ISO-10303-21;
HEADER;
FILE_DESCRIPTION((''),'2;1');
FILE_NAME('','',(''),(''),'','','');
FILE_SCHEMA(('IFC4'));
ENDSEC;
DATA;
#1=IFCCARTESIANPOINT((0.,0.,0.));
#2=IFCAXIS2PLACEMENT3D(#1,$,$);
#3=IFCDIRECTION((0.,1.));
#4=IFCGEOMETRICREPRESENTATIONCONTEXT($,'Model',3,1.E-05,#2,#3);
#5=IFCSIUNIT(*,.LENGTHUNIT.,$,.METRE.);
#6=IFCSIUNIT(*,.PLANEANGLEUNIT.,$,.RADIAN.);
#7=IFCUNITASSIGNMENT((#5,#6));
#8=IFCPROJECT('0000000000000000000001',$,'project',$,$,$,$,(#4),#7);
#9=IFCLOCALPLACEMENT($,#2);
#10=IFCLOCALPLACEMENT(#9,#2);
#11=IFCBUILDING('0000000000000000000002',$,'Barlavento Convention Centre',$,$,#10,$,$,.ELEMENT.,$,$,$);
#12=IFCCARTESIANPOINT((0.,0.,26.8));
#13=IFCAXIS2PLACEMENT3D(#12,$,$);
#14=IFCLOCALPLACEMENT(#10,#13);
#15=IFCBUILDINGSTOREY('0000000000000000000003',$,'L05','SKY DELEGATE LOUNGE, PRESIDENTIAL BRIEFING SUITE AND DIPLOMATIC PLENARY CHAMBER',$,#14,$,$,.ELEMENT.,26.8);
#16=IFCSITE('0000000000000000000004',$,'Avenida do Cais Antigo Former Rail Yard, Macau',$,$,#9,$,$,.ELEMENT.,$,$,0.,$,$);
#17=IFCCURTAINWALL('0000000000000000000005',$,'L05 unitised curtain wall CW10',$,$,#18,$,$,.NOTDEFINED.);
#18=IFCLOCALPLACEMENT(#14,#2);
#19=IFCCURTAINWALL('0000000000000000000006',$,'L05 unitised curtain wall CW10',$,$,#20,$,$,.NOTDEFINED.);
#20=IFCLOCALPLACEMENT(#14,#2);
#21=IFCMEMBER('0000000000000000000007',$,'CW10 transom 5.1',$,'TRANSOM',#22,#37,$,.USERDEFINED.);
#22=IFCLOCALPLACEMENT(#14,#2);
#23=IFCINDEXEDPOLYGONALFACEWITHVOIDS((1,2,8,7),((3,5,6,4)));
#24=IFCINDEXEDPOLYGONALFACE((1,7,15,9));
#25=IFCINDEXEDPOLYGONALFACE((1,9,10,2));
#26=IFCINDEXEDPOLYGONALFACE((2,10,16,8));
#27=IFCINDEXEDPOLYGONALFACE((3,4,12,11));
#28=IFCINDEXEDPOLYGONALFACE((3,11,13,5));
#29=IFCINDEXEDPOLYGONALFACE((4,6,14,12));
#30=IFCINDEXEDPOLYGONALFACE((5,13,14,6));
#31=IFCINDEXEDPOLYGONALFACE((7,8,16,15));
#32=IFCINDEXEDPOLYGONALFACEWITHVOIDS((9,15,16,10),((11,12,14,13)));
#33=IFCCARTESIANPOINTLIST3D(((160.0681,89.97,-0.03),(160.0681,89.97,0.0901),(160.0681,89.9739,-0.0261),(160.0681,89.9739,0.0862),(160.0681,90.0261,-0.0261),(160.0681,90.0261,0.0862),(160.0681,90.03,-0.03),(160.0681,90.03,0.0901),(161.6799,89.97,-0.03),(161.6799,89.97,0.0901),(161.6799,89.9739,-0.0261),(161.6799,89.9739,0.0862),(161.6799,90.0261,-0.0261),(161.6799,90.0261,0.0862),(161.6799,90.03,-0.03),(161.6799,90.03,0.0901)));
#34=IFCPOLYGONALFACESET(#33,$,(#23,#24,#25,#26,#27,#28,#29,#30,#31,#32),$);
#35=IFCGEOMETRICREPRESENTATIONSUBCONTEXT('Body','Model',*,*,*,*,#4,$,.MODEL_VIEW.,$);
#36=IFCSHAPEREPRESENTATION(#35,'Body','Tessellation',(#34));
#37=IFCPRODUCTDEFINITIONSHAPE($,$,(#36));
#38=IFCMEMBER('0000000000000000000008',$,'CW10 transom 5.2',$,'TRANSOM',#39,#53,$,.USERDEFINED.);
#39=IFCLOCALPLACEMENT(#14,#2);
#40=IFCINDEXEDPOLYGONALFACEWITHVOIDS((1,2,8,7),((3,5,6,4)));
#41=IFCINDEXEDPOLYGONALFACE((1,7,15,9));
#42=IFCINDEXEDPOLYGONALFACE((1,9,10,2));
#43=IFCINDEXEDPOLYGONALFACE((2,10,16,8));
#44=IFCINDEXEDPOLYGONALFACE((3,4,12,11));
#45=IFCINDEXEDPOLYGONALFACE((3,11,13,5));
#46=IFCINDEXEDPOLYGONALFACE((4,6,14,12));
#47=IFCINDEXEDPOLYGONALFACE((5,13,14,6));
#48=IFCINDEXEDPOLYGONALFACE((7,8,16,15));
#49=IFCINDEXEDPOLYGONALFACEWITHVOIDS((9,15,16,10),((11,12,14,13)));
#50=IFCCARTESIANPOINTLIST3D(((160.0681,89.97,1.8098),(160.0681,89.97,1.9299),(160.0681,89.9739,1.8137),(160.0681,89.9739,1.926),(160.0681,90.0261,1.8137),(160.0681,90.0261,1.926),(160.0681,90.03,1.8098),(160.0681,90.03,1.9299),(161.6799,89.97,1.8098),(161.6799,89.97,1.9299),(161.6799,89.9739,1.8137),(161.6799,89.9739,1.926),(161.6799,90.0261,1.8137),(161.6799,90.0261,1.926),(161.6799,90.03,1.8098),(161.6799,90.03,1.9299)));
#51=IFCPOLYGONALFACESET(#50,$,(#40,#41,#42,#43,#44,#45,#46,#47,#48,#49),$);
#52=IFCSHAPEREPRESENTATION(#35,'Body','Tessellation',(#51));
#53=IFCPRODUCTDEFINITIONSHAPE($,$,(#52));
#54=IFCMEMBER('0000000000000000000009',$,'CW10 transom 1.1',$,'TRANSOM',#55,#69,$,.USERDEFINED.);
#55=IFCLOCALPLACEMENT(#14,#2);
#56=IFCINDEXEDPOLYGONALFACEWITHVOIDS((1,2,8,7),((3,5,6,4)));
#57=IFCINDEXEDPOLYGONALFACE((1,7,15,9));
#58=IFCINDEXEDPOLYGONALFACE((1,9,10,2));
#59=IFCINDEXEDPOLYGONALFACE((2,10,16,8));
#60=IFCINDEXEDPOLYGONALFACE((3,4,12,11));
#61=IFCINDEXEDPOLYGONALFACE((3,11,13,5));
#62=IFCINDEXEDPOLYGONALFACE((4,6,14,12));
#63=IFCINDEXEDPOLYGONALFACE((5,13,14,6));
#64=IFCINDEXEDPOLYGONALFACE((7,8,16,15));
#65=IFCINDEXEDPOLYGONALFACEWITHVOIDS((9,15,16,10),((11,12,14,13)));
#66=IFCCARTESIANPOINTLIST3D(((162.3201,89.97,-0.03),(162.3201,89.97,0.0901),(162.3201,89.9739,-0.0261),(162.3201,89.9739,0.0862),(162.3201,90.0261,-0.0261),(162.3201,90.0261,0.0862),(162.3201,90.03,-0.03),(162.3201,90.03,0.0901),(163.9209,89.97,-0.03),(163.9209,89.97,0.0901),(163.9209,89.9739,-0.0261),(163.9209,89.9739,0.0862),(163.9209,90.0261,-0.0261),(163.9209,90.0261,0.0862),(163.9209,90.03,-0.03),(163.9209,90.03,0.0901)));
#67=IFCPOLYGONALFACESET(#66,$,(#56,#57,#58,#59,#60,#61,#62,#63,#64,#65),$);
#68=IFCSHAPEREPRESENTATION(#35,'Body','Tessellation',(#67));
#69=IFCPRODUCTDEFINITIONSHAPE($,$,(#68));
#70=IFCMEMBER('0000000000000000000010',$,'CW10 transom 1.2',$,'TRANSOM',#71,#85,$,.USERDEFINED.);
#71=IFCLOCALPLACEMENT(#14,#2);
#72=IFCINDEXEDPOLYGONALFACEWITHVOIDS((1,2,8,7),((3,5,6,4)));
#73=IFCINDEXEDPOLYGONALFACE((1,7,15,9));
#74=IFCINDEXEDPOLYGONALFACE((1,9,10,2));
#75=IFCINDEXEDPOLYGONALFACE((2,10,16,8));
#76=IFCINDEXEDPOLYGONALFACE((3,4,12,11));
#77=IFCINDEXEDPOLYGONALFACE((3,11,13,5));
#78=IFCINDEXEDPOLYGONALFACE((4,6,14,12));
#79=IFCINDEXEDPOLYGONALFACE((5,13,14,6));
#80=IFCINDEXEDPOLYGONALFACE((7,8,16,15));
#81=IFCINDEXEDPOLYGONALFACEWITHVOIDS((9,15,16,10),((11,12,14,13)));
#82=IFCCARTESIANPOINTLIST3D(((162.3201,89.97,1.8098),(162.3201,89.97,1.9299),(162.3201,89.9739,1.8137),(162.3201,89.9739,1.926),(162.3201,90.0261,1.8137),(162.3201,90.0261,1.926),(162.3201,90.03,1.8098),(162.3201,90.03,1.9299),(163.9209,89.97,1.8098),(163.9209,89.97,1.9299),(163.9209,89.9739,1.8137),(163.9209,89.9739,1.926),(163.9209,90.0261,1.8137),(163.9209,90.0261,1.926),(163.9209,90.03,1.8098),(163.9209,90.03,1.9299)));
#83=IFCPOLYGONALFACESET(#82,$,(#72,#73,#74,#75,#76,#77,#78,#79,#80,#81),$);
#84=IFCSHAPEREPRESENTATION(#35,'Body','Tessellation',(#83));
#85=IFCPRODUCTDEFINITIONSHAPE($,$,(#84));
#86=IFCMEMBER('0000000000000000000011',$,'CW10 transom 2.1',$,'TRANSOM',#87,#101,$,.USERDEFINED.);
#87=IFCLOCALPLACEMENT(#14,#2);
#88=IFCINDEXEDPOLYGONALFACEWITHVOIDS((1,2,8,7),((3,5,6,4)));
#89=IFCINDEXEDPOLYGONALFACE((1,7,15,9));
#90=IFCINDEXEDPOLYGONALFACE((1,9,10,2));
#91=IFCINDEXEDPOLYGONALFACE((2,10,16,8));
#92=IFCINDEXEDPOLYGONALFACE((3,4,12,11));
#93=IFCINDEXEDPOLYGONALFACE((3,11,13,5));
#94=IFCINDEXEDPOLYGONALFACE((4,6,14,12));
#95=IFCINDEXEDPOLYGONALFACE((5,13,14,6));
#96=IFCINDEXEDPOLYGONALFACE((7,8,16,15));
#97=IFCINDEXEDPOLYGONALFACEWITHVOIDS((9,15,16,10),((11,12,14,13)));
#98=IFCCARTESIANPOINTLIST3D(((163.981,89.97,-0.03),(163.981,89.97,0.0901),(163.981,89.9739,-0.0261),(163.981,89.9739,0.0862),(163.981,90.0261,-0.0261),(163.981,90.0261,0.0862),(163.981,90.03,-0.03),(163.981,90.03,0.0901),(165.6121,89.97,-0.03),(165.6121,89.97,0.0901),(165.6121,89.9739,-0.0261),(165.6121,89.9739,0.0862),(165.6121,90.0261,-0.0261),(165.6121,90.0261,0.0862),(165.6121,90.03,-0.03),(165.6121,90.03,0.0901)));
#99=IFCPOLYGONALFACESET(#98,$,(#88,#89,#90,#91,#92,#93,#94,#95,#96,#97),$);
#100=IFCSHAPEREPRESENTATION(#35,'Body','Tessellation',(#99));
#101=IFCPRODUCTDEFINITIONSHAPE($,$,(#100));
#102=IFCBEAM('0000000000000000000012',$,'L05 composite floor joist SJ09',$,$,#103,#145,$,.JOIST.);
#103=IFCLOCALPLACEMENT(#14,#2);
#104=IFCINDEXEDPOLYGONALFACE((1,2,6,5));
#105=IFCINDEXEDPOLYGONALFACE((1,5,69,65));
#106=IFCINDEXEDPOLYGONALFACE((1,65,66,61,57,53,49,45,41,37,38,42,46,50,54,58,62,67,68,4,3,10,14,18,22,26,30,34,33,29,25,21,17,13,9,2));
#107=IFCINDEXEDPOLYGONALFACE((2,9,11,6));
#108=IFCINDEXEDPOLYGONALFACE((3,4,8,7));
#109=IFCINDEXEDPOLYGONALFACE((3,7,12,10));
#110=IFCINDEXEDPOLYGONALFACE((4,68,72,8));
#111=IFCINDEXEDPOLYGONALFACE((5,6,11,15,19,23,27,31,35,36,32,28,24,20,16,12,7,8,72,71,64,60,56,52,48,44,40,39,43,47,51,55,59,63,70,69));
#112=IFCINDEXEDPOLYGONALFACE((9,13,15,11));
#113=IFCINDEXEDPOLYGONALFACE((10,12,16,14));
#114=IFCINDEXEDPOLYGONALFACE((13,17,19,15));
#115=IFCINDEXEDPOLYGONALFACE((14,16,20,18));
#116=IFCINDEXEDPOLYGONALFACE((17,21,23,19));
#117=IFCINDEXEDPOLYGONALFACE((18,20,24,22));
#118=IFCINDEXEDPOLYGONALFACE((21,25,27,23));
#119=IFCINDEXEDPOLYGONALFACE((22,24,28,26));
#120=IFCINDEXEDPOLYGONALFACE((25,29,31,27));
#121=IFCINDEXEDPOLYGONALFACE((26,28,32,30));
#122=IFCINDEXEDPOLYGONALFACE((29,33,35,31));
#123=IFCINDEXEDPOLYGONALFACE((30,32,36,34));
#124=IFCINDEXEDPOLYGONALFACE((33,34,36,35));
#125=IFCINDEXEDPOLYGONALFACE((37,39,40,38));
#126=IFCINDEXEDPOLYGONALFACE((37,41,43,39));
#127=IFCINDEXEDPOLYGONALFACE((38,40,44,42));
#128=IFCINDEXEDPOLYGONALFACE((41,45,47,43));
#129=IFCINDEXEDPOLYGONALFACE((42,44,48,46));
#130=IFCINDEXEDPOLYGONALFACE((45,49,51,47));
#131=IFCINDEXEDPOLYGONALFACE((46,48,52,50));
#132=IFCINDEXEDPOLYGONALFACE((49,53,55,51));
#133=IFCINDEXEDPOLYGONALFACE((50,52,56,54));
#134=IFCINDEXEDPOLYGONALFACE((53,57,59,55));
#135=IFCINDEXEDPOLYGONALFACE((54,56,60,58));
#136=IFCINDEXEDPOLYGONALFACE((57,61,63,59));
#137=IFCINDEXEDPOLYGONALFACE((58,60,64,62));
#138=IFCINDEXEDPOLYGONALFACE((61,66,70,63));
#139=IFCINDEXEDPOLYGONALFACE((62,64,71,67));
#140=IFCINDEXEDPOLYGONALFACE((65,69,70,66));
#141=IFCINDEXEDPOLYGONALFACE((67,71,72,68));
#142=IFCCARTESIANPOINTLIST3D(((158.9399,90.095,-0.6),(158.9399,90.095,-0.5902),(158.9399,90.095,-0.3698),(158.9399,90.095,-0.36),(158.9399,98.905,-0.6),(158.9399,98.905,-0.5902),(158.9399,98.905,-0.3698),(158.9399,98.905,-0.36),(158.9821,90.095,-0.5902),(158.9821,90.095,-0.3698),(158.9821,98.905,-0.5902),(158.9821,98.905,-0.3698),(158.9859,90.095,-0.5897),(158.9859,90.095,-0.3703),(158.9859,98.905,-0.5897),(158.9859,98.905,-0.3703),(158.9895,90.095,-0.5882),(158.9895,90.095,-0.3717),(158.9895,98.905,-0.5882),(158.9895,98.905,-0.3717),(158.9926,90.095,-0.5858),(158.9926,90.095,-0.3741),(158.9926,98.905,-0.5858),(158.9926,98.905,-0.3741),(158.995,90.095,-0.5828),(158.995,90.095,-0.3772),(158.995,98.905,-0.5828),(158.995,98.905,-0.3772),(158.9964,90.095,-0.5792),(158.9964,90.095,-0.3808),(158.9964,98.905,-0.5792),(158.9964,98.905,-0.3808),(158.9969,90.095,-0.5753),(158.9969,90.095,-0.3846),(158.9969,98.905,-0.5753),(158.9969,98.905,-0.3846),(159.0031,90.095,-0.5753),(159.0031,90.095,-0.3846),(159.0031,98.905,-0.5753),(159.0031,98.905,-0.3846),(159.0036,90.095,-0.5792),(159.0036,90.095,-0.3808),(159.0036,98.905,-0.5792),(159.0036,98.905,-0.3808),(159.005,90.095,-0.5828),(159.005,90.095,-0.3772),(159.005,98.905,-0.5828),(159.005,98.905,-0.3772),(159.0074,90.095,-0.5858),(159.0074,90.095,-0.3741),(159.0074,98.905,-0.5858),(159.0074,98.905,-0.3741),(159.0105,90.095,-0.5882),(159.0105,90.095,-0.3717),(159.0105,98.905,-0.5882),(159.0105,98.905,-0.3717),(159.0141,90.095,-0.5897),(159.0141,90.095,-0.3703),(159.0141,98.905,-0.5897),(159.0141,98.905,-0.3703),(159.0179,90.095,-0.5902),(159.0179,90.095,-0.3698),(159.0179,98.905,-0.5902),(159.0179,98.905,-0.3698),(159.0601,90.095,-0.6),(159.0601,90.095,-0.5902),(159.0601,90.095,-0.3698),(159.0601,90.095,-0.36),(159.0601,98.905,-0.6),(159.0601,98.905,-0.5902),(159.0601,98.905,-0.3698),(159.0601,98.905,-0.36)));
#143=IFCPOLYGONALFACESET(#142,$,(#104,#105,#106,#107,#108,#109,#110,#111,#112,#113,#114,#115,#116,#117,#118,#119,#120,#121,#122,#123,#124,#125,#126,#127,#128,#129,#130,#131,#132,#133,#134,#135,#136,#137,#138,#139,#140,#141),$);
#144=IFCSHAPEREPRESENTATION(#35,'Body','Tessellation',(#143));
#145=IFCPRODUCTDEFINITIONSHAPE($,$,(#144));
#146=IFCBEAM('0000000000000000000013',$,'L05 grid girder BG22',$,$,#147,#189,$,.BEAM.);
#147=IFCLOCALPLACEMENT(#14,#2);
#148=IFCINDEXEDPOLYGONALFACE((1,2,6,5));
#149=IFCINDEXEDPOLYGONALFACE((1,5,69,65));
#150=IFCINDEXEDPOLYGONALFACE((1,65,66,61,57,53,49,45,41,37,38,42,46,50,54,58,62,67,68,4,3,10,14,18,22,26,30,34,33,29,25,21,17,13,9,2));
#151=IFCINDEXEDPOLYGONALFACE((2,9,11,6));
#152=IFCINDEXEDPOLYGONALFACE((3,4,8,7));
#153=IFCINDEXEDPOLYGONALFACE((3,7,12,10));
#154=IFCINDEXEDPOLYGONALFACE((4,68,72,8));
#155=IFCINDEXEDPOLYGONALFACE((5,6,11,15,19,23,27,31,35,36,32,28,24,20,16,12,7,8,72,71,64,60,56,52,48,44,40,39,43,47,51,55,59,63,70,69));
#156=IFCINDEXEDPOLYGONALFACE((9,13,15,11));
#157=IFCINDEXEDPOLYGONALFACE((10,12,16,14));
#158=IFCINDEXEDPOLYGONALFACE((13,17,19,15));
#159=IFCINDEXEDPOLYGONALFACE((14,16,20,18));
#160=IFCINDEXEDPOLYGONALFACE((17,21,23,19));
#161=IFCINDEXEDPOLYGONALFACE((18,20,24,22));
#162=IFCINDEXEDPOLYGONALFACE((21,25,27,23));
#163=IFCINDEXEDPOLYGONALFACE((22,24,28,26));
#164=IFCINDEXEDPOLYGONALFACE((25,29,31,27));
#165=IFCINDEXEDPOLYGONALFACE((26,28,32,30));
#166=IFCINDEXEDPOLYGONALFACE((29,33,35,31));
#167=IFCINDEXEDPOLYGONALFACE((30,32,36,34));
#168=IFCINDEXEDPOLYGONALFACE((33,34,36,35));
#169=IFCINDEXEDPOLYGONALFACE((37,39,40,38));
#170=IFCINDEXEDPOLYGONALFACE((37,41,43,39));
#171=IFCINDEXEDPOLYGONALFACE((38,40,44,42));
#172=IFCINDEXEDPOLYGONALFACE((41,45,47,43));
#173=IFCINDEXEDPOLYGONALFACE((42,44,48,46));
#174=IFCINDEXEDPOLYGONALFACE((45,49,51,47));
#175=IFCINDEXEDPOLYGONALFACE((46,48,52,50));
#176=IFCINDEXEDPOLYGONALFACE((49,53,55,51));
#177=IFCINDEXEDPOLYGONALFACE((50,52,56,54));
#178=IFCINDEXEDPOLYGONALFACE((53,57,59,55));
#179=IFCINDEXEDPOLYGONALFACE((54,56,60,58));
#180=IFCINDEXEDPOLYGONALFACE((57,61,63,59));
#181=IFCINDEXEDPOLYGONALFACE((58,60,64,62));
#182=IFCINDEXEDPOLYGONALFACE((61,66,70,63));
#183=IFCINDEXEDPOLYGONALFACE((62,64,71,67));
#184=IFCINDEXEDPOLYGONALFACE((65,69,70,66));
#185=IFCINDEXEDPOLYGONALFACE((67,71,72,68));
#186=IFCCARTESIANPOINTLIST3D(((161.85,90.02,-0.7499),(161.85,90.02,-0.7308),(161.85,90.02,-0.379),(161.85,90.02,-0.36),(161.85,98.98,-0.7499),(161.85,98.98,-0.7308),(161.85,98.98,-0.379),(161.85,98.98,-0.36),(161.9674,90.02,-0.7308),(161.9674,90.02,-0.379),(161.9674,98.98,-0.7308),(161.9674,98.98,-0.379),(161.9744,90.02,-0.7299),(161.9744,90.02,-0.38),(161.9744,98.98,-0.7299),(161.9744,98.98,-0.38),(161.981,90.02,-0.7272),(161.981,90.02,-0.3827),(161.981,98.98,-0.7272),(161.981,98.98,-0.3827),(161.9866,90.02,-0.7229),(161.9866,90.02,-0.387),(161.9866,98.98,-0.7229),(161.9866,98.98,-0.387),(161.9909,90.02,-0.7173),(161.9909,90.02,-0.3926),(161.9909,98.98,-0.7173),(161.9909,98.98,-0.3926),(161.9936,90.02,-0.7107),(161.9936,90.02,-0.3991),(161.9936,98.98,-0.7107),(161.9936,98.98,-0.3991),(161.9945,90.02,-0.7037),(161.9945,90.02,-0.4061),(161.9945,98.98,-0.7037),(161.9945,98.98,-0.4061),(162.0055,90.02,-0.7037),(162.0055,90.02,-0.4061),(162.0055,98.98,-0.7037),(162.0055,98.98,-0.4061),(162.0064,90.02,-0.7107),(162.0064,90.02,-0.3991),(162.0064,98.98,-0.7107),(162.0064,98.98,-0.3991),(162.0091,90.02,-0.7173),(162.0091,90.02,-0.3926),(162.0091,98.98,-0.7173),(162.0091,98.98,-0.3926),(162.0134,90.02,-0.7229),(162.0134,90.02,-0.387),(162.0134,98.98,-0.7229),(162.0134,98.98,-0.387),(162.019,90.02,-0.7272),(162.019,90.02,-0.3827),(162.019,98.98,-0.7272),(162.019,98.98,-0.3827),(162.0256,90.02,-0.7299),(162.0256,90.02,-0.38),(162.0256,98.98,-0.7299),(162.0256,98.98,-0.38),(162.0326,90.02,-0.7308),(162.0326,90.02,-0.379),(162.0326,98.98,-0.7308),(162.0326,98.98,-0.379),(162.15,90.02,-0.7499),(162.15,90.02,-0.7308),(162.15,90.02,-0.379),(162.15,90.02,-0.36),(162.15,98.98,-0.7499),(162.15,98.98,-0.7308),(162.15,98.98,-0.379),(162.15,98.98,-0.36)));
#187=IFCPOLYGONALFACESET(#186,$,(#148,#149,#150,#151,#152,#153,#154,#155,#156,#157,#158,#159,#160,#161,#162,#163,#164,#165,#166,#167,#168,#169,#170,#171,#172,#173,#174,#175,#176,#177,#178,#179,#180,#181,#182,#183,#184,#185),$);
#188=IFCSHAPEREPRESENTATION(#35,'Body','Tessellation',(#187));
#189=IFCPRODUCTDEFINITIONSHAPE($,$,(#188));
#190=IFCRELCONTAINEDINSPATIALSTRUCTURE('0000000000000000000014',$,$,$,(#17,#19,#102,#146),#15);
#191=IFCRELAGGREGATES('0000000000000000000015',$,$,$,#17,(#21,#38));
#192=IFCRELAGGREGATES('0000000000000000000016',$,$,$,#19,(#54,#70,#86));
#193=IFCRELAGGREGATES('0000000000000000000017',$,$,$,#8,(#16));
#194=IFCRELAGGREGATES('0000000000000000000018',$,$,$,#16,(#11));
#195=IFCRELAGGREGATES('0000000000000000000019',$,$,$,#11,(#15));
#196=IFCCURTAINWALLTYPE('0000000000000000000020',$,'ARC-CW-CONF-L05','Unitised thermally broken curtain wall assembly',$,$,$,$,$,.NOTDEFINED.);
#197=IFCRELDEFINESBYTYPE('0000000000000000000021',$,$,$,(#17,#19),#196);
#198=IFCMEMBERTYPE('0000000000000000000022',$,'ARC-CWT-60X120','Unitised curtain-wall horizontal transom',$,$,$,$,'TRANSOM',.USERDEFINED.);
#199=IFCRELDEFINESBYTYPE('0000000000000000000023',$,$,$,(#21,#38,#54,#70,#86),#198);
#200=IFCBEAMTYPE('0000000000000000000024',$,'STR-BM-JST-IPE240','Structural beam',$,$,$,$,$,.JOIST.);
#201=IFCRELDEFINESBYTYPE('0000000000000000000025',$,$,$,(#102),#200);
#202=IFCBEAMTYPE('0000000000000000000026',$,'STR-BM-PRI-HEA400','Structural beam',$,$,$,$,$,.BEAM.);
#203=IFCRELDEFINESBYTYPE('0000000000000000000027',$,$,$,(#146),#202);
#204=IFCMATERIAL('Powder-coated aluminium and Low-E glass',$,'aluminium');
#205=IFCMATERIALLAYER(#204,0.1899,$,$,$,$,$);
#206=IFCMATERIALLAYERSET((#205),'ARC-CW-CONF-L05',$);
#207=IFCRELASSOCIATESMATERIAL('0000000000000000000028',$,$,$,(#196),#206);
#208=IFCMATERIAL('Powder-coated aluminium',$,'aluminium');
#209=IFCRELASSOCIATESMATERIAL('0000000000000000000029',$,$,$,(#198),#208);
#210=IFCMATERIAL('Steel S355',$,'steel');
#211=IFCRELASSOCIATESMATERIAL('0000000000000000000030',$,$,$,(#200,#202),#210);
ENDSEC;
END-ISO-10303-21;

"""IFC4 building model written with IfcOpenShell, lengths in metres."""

from ifc_helpers import new_model, si_unit, direction, frame, origin, origin_2d, place, context, subcontext, project, spatial, hollow_rectangle, i_section, extrude, material, layer, layer_set, material_profile, profile_set, type_object, element, aggregate, save


model = new_model("IFC4")

# Units and contexts
model_context = context("Model", 3, precision=1e-05, world=origin(), true_north=direction((0.0, 1.0)))
body_context = subcontext(model_context, "Body", "Model", "MODEL_VIEW")
ifc_project = project(units=[si_unit("LENGTHUNIT", "METRE"), si_unit("PLANEANGLEUNIT", "RADIAN")], contexts=[model_context])

# Site, building, storey
site_placement = place(None, origin())
site = spatial("IfcSite", under=ifc_project, at=site_placement, Name="Avenida do Cais Antigo Former Rail Yard, Macau", CompositionType="ELEMENT", RefElevation=0.0)
building_placement = place(site_placement, origin())
building = spatial("IfcBuilding", under=site, at=building_placement, Name="Barlavento Convention Centre", CompositionType="ELEMENT")
storey_placement = place(building_placement, frame((0.0, 0.0, 26.8)))
storey = spatial("IfcBuildingStorey", under=building, at=storey_placement, Name="L05", Description="SKY DELEGATE LOUNGE, PRESIDENTIAL BRIEFING SUITE AND DIPLOMATIC PLENARY CHAMBER", CompositionType="ELEMENT", Elevation=26.8)

# Shared definitions
ifc_material_1 = material(Name="Steel S355", Category="steel")

# Curtain walls
ifc_material_2 = material(Name="Powder-coated aluminium and Low-E glass", Category="aluminium")
ifc_layer_1 = layer(ifc_material_2, 0.1899)
ifc_layer_set_1 = layer_set([ifc_layer_1], Name="ARC-CW-CONF-L05")
curtain_wall_type = type_object("IfcCurtainWallType", Name="ARC-CW-CONF-L05", Description="Unitised thermally broken curtain wall assembly", PredefinedType="NOTDEFINED", material=ifc_layer_set_1)
curtain_wall_1_placement = place(storey_placement, origin())
curtain_wall_1 = element("IfcCurtainWall", 1, at=curtain_wall_1_placement, inside=storey, type_object=curtain_wall_type, Name="L05 unitised curtain wall CW10", PredefinedType="NOTDEFINED")
ifc_material_3 = material(Name="Powder-coated aluminium", Category="aluminium")
curtain_wall_2_placement = place(storey_placement, origin())
curtain_wall_2 = element("IfcCurtainWall", 2, at=curtain_wall_2_placement, inside=storey, type_object=curtain_wall_type, Name="L05 unitised curtain wall CW10", PredefinedType="NOTDEFINED")

# Members
ifc_material_profile_1 = material_profile(ifc_material_3, hollow_rectangle(XDim=0.0601, YDim=0.1201, WallThickness=0.0039, at=origin_2d()), Name="AL-TRAN 60x120x4")
ifc_profile_set_1 = profile_set([ifc_material_profile_1], Name="Powder-coated aluminium")
member_type_1 = type_object("IfcMemberType", Name="ARC-CWT-60X120", Description="Unitised curtain-wall horizontal transom", ElementType="TRANSOM", PredefinedType="USERDEFINED", material=ifc_profile_set_1)
member_1_placement = place(storey_placement, frame((160.0681, 90.0, 0.03), z_axis=(1.0, 0.0, 0.0), x_axis=(0.0, 1.0, 0.0)))
member_1 = element("IfcMember", 3, at=member_1_placement, type_object=member_type_1, Name="CW10 transom 5.1", ObjectType="TRANSOM", PredefinedType="USERDEFINED", context=body_context, shape_type="SweptSolid", body=[
    extrude(hollow_rectangle(XDim=0.0601, YDim=0.1201, WallThickness=0.0039, at=origin_2d()), origin(), (0.0, 0.0, 1.0), 1.6118),
])
member_2_placement = place(storey_placement, frame((160.0681, 90.0, 1.8699), z_axis=(1.0, 0.0, 0.0), x_axis=(0.0, 1.0, 0.0)))
member_2 = element("IfcMember", 4, at=member_2_placement, type_object=member_type_1, Name="CW10 transom 5.2", ObjectType="TRANSOM", PredefinedType="USERDEFINED", context=body_context, shape_type="SweptSolid", body=[
    extrude(hollow_rectangle(XDim=0.0601, YDim=0.1201, WallThickness=0.0039, at=origin_2d()), origin(), (0.0, 0.0, 1.0), 1.6118),
])
member_3_placement = place(storey_placement, frame((162.3201, 90.0, 0.03), z_axis=(1.0, 0.0, 0.0), x_axis=(0.0, 1.0, 0.0)))
member_3 = element("IfcMember", 5, at=member_3_placement, type_object=member_type_1, Name="CW10 transom 1.1", ObjectType="TRANSOM", PredefinedType="USERDEFINED", context=body_context, shape_type="SweptSolid", body=[
    extrude(hollow_rectangle(XDim=0.0601, YDim=0.1201, WallThickness=0.0039, at=origin_2d()), origin(), (0.0, 0.0, 1.0), 1.6008),
])
member_4_placement = place(storey_placement, frame((162.3201, 90.0, 1.8699), z_axis=(1.0, 0.0, 0.0), x_axis=(0.0, 1.0, 0.0)))
member_4 = element("IfcMember", 6, at=member_4_placement, type_object=member_type_1, Name="CW10 transom 1.2", ObjectType="TRANSOM", PredefinedType="USERDEFINED", context=body_context, shape_type="SweptSolid", body=[
    extrude(hollow_rectangle(XDim=0.0601, YDim=0.1201, WallThickness=0.0039, at=origin_2d()), origin(), (0.0, 0.0, 1.0), 1.6008),
])
member_5_placement = place(storey_placement, frame((163.981, 90.0, 0.03), z_axis=(1.0, 0.0, 0.0), x_axis=(0.0, 1.0, 0.0)))
member_5 = element("IfcMember", 7, at=member_5_placement, type_object=member_type_1, Name="CW10 transom 2.1", ObjectType="TRANSOM", PredefinedType="USERDEFINED", context=body_context, shape_type="SweptSolid", body=[
    extrude(hollow_rectangle(XDim=0.0601, YDim=0.1201, WallThickness=0.0039, at=origin_2d()), origin(), (0.0, 0.0, 1.0), 1.6311),
])

# Beams
ifc_material_profile_2 = material_profile(ifc_material_1, i_section(OverallWidth=0.1201, OverallDepth=0.24, WebThickness=0.0061, FlangeThickness=0.0098, FilletRadius=0.0149, at=origin_2d()), Name="IPE 240")
ifc_profile_set_2 = profile_set([ifc_material_profile_2], Name="Steel S355")
beam_type_1 = type_object("IfcBeamType", Name="STR-BM-JST-IPE240", Description="Structural beam", PredefinedType="JOIST", material=ifc_profile_set_2)
beam_1_placement = place(storey_placement, frame((159.0, 90.095, -0.48), z_axis=(0.0, 1.0, 0.0), x_axis=(-1.0, 0.0, 0.0)))
element("IfcBeam", 8, at=beam_1_placement, inside=storey, type_object=beam_type_1, Name="L05 composite floor joist SJ09", PredefinedType="JOIST", context=body_context, shape_type="SweptSolid", body=[
    extrude(i_section(OverallWidth=0.1201, OverallDepth=0.24, WebThickness=0.0061, FlangeThickness=0.0098, FilletRadius=0.0149, at=origin_2d()), origin(), (0.0, 0.0, 1.0), 8.8101),
])
ifc_material_profile_3 = material_profile(ifc_material_1, i_section(OverallWidth=0.3, OverallDepth=0.3899, WebThickness=0.011, FlangeThickness=0.019, FilletRadius=0.0271, at=origin_2d()), Name="HEA 400")
ifc_profile_set_3 = profile_set([ifc_material_profile_3], Name="Steel S355")
beam_type_2 = type_object("IfcBeamType", Name="STR-BM-PRI-HEA400", Description="Structural beam", PredefinedType="BEAM", material=ifc_profile_set_3)
beam_2_placement = place(storey_placement, frame((162.0, 90.02, -0.5549), z_axis=(0.0, 1.0, 0.0), x_axis=(-1.0, 0.0, 0.0)))
element("IfcBeam", 9, at=beam_2_placement, inside=storey, type_object=beam_type_2, Name="L05 grid girder BG22", PredefinedType="BEAM", context=body_context, shape_type="SweptSolid", body=[
    extrude(i_section(OverallWidth=0.3, OverallDepth=0.3899, WebThickness=0.011, FlangeThickness=0.019, FilletRadius=0.0271, at=origin_2d()), origin(), (0.0, 0.0, 1.0), 8.96),
])

aggregate(curtain_wall_1, [member_1, member_2])
aggregate(curtain_wall_2, [member_3, member_4, member_5])

save(model, "model.ifc")
